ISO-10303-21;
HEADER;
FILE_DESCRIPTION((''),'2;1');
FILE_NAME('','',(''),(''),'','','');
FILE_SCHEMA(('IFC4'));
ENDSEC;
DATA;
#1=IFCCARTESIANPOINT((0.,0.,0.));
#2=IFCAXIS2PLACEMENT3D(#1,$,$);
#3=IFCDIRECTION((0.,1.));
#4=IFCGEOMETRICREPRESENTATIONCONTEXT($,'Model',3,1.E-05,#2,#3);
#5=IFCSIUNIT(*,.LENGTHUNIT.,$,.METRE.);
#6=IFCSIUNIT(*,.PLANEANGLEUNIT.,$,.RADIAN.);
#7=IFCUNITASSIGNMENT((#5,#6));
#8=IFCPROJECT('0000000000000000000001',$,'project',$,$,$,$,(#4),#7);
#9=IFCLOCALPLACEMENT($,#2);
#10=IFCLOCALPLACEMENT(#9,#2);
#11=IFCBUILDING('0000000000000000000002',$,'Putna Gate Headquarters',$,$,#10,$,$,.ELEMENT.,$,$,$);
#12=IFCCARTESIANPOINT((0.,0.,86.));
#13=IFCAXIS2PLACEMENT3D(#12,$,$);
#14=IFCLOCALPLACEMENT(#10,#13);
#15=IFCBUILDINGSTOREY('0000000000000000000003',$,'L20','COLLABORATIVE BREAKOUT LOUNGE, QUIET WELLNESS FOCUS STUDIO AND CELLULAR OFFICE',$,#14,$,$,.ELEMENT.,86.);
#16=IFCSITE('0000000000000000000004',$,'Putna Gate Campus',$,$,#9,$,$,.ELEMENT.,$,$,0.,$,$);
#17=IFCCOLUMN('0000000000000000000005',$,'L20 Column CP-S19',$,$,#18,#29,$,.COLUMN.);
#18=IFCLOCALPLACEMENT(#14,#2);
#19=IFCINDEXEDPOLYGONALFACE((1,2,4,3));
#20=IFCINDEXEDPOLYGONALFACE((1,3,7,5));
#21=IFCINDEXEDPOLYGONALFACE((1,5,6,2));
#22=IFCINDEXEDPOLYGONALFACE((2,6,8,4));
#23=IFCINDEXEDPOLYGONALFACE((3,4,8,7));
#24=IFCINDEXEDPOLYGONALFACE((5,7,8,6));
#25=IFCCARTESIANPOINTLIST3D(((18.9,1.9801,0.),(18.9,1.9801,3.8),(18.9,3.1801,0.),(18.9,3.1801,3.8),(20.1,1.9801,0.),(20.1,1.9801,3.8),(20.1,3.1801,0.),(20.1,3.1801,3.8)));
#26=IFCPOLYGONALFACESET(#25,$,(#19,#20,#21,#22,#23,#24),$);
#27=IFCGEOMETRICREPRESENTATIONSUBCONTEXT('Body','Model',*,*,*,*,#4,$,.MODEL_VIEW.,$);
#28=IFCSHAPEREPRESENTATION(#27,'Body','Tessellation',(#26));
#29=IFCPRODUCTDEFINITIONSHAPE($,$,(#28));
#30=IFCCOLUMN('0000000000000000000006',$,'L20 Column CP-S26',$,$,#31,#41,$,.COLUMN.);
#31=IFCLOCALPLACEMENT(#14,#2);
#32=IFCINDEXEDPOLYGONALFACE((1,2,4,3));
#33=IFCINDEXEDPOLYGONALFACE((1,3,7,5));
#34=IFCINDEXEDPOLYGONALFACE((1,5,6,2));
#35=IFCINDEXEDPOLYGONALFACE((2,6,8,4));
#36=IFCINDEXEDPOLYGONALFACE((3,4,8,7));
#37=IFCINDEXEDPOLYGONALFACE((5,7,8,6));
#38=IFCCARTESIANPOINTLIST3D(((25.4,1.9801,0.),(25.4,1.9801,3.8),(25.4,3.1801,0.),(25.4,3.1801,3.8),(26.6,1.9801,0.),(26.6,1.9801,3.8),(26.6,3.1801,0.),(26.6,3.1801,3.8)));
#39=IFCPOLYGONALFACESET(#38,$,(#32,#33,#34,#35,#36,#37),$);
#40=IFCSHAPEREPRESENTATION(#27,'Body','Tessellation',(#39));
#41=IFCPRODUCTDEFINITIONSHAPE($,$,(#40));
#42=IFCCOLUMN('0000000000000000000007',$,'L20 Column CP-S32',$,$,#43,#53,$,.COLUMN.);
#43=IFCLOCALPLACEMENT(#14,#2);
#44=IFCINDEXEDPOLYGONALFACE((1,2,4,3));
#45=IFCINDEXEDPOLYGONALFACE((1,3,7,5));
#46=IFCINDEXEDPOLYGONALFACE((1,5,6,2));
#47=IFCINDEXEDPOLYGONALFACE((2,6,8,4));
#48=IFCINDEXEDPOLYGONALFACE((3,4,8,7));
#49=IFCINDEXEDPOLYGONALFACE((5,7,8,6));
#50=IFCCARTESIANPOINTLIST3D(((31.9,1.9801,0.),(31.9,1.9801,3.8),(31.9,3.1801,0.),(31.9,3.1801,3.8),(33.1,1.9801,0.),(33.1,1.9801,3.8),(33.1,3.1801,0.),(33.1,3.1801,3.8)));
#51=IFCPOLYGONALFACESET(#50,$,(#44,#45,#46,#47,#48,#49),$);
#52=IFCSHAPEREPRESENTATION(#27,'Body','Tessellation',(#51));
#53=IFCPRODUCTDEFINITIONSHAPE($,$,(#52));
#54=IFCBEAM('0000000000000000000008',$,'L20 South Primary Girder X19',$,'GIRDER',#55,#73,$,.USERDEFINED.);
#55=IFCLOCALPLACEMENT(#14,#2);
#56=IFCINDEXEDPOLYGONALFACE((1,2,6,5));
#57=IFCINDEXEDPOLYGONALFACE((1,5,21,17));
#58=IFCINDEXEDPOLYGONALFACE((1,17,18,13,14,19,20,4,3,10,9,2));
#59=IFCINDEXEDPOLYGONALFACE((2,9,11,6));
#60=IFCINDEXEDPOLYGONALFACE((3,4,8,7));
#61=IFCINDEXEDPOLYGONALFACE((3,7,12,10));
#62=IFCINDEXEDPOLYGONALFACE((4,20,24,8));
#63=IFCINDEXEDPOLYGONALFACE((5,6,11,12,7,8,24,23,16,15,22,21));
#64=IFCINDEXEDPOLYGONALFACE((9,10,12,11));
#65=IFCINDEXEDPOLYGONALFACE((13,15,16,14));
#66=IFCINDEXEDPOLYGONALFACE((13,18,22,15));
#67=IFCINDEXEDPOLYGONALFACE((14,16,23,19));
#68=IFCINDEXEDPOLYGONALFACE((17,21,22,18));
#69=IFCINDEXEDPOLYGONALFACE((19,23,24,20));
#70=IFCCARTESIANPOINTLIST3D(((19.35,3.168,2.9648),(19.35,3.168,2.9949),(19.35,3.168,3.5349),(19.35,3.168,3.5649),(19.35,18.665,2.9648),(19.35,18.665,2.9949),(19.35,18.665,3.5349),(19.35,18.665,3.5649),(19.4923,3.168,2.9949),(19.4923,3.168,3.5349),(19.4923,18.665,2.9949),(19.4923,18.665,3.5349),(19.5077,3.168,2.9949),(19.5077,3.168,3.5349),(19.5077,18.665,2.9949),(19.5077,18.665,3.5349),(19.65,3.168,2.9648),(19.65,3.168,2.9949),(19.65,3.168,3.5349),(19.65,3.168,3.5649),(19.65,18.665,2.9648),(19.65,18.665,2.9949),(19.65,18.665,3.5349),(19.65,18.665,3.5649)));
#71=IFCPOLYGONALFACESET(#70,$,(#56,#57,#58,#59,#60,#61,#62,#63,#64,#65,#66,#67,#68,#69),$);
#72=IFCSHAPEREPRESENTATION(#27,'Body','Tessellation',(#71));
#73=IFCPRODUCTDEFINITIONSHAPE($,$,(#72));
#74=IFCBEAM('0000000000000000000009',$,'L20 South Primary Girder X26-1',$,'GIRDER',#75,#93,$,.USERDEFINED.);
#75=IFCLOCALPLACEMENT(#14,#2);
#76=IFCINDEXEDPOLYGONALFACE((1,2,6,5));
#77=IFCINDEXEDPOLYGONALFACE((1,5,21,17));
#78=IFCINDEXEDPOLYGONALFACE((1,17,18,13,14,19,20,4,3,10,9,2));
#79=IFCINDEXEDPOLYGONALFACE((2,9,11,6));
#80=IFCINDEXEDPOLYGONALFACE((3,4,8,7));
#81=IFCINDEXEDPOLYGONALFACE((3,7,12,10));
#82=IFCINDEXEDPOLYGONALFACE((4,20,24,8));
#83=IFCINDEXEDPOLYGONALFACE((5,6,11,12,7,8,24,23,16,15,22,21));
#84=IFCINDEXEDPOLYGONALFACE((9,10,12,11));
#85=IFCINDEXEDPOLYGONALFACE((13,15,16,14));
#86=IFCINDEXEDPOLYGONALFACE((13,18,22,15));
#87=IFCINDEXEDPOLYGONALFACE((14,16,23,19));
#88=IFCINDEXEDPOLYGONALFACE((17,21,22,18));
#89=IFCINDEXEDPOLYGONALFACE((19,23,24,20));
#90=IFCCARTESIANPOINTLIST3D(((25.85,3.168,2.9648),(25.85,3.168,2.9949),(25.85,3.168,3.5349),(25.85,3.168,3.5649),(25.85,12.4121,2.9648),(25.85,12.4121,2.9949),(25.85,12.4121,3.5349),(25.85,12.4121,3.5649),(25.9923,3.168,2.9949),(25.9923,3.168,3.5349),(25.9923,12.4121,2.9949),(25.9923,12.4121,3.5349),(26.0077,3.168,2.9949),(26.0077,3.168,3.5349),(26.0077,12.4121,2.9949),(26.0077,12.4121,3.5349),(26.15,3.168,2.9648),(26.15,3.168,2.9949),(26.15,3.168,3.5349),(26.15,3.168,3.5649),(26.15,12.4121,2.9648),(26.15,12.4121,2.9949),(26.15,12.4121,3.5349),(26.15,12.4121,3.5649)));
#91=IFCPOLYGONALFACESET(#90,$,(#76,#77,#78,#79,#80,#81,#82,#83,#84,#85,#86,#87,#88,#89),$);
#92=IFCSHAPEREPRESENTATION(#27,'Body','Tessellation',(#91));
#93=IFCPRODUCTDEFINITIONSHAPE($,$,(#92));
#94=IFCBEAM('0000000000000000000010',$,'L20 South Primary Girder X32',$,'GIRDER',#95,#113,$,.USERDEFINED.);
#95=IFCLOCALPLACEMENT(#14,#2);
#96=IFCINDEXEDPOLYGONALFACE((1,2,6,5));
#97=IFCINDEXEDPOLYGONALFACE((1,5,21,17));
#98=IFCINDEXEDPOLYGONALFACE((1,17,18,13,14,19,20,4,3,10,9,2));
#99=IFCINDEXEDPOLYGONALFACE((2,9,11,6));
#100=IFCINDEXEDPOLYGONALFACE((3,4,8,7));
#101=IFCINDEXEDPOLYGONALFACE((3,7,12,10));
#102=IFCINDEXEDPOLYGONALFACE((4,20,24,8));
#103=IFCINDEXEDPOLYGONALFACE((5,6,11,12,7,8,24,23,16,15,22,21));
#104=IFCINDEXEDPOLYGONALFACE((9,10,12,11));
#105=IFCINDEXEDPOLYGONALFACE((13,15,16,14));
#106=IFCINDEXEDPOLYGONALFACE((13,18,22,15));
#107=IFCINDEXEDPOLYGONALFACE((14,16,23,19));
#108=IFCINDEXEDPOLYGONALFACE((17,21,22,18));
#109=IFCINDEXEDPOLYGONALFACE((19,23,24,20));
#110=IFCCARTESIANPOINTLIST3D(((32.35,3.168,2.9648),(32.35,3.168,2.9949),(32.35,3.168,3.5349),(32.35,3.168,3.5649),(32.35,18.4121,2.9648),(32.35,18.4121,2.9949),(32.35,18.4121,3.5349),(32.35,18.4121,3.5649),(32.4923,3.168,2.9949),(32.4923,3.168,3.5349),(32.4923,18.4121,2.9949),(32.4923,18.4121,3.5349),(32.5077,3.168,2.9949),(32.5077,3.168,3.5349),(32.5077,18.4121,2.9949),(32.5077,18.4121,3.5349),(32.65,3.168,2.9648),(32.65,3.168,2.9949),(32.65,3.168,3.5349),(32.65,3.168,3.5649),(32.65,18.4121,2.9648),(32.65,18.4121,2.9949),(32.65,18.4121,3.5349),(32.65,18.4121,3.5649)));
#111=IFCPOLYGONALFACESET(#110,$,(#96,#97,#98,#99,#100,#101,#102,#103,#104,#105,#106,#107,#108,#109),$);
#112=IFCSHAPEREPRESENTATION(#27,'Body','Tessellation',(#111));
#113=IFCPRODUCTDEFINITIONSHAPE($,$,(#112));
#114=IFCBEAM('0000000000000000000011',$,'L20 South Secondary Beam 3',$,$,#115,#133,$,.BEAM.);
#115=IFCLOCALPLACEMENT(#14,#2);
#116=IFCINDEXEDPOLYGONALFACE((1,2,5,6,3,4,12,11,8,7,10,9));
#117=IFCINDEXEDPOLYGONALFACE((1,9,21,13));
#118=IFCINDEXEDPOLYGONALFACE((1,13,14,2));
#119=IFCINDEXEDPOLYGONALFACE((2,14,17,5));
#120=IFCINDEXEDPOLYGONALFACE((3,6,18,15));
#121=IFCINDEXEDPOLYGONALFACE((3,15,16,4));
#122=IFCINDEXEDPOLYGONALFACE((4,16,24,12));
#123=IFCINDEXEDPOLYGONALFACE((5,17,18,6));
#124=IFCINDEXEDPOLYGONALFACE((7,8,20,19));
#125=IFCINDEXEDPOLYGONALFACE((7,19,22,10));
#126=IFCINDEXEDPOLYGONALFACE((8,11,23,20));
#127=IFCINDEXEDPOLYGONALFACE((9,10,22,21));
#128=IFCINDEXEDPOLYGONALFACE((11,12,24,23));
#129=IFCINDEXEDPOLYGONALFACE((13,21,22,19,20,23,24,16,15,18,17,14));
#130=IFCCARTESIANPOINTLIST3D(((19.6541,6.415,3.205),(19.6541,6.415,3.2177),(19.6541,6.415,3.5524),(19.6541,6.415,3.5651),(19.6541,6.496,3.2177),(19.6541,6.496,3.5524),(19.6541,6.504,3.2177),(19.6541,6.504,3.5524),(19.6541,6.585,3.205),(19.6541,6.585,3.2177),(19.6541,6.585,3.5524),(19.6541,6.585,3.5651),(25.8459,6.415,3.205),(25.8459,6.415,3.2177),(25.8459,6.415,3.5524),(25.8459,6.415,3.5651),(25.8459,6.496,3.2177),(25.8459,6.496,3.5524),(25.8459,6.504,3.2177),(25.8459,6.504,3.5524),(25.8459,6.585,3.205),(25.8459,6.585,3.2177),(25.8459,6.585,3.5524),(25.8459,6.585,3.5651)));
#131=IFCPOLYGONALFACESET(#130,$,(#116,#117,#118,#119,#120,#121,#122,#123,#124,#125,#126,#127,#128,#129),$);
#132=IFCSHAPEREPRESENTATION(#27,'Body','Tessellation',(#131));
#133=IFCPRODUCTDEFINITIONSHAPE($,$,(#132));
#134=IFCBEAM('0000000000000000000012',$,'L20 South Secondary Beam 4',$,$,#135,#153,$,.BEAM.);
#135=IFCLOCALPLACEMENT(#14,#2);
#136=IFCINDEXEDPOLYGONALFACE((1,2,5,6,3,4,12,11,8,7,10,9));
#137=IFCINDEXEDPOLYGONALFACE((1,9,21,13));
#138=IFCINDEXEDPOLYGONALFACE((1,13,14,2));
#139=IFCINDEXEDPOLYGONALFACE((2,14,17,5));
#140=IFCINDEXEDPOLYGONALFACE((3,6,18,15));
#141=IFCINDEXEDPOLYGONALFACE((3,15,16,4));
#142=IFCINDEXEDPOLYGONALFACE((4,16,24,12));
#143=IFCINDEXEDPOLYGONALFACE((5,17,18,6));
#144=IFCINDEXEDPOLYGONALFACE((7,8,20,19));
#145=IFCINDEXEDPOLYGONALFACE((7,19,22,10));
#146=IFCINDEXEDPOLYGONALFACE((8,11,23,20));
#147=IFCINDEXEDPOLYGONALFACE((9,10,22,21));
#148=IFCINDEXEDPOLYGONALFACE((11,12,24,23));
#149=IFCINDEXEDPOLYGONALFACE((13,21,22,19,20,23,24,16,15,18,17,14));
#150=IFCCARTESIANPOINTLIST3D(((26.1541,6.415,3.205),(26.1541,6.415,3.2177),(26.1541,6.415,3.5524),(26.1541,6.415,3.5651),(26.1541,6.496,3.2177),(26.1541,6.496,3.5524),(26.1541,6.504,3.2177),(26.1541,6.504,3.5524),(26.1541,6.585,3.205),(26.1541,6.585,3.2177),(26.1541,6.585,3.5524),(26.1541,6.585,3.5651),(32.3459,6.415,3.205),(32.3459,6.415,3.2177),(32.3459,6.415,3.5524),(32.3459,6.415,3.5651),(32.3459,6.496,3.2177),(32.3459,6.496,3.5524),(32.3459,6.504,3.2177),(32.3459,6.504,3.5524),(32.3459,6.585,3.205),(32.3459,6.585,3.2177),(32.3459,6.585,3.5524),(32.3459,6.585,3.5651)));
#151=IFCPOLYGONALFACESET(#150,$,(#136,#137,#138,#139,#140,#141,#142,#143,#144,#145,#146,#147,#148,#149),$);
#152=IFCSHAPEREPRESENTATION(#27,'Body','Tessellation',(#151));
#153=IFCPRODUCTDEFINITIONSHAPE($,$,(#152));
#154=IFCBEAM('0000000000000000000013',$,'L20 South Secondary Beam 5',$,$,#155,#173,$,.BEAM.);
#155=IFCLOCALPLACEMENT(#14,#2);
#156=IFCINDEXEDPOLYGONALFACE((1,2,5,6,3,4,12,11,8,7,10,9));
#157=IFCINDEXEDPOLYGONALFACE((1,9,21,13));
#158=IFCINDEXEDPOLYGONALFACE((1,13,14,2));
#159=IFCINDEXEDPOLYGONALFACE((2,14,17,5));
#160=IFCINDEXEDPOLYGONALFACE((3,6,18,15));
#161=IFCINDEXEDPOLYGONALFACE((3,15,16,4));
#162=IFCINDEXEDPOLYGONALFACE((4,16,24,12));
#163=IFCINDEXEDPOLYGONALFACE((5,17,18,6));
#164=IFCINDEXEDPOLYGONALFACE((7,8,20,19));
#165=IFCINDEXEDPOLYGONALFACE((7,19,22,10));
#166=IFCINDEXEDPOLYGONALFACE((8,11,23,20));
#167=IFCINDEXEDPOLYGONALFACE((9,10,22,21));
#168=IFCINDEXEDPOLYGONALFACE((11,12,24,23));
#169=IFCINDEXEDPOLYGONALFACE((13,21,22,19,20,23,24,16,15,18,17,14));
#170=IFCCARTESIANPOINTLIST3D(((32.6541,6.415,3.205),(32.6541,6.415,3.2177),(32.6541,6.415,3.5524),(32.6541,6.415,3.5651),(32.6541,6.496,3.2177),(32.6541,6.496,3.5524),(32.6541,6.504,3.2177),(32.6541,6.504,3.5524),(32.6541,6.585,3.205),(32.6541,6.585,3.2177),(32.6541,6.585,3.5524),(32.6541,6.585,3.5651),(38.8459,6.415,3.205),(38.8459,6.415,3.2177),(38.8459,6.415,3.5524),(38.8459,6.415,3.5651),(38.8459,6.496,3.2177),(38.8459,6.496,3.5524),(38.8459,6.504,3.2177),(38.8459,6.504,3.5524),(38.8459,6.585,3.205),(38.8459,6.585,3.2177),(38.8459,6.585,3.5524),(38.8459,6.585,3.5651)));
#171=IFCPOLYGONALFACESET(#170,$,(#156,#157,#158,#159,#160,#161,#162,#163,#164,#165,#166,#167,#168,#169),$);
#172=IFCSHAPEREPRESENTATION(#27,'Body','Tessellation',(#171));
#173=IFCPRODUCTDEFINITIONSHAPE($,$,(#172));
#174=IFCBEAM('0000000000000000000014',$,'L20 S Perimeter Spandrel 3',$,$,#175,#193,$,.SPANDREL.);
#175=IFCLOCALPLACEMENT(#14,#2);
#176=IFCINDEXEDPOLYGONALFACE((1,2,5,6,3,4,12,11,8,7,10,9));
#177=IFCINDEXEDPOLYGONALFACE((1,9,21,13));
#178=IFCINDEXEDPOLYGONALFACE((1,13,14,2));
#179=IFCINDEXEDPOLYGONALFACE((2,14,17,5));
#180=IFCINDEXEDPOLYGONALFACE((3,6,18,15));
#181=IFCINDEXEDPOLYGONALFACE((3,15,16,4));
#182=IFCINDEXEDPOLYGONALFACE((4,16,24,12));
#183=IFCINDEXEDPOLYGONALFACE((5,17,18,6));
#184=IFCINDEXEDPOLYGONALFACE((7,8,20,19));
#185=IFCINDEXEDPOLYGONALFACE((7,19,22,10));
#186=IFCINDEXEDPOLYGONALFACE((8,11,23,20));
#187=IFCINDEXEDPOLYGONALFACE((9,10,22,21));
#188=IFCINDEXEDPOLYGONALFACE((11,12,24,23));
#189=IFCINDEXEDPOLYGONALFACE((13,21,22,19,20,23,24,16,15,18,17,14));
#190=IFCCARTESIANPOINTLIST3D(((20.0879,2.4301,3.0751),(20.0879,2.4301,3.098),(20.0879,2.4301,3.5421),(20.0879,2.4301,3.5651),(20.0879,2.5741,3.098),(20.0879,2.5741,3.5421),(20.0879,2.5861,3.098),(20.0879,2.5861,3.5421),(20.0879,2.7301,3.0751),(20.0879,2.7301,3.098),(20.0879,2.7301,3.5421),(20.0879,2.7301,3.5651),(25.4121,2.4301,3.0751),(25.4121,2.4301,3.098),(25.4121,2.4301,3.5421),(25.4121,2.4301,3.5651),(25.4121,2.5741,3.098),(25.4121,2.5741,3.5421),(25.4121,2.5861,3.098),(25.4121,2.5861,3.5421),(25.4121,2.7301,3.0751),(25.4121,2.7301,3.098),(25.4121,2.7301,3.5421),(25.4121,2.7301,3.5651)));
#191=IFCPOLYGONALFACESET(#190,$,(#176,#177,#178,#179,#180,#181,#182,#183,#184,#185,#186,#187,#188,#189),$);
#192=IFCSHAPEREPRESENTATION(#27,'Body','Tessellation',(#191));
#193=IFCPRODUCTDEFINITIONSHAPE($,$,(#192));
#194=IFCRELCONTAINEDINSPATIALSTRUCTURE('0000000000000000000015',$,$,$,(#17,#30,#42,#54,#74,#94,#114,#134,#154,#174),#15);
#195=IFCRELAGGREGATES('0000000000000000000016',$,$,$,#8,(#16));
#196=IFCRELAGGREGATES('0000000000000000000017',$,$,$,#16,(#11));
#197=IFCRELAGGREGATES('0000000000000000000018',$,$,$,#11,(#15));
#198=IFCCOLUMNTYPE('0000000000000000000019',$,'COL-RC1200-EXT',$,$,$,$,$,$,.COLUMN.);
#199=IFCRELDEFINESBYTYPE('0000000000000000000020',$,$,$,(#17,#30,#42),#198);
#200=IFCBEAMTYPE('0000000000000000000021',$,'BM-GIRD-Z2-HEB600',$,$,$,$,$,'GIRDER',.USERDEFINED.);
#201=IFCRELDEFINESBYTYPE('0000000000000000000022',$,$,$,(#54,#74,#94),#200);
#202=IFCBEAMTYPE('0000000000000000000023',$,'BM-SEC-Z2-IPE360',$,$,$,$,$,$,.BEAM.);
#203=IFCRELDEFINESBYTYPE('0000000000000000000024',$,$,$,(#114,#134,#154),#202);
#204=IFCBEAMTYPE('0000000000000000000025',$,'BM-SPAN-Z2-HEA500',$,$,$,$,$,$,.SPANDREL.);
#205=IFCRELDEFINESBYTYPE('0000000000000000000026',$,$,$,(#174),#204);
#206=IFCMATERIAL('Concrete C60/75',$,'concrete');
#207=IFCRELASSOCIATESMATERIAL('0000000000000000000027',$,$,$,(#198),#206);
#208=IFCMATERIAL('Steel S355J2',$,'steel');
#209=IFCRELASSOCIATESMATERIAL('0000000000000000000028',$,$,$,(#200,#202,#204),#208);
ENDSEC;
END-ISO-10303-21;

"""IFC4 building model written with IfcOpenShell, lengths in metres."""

from ifc_helpers import new_model, si_unit, direction, frame, origin, origin_2d, place, context, subcontext, project, spatial, rectangle, i_section, extrude, material, material_profile, profile_set, type_object, element, save


model = new_model("IFC4")

# Units and contexts
model_context = context("Model", 3, precision=1e-05, world=origin(), true_north=direction((0.0, 1.0)))
body_context = subcontext(model_context, "Body", "Model", "MODEL_VIEW")
ifc_project = project(units=[si_unit("LENGTHUNIT", "METRE"), si_unit("PLANEANGLEUNIT", "RADIAN")], contexts=[model_context])

# Site, building, storey
site_placement = place(None, origin())
site = spatial("IfcSite", under=ifc_project, at=site_placement, Name="Putna Gate Campus", CompositionType="ELEMENT", RefElevation=0.0)
building_placement = place(site_placement, origin())
building = spatial("IfcBuilding", under=site, at=building_placement, Name="Putna Gate Headquarters", CompositionType="ELEMENT")
storey_placement = place(building_placement, frame((0.0, 0.0, 86.0)))
storey = spatial("IfcBuildingStorey", under=building, at=storey_placement, Name="L20", Description="COLLABORATIVE BREAKOUT LOUNGE, QUIET WELLNESS FOCUS STUDIO AND CELLULAR OFFICE", CompositionType="ELEMENT", Elevation=86.0)

# Columns
ifc_material_1 = material(Name="Concrete C60/75", Category="concrete")
ifc_material_profile_1 = material_profile(ifc_material_1, rectangle(XDim=1.2, YDim=1.2, at=origin_2d()), Name="Concrete C60/75")
ifc_profile_set_1 = profile_set([ifc_material_profile_1], Name="Concrete C60/75")
column_type = type_object("IfcColumnType", Name="COL-RC1200-EXT", PredefinedType="COLUMN", material=ifc_profile_set_1)
for number, where, z_axis, x_axis, name in (
    (1, (19.5, 2.5801, 0.0), (0.0, 0.0, 1.0), (1.0, 0.0, 0.0), "L20 Column CP-S19"),
    (2, (26.0, 2.5801, 0.0), (0.0, 0.0, 1.0), (1.0, 0.0, 0.0), "L20 Column CP-S26"),
    (3, (32.5, 2.5801, 0.0), (0.0, 0.0, 1.0), (1.0, 0.0, 0.0), "L20 Column CP-S32"),
):
    element("IfcColumn", number, at=place(storey_placement, frame(where, z_axis=z_axis, x_axis=x_axis)), inside=storey, type_object=column_type, Name=name, PredefinedType="COLUMN", context=body_context, shape_type="SweptSolid", body=[
        extrude(rectangle(XDim=1.2, YDim=1.2, at=origin_2d()), origin(), (0.0, 0.0, 1.0), 3.8),
    ])

# Beams
ifc_material_2 = material(Name="Steel S355J2", Category="steel")
ifc_material_profile_2 = material_profile(ifc_material_2, i_section(OverallWidth=0.3, OverallDepth=0.6001, WebThickness=0.0154, FlangeThickness=0.03, at=origin_2d()), Name="Steel S355J2")
ifc_profile_set_2 = profile_set([ifc_material_profile_2], Name="Steel S355J2")
beam_type_1 = type_object("IfcBeamType", Name="BM-GIRD-Z2-HEB600", ElementType="GIRDER", PredefinedType="USERDEFINED", material=ifc_profile_set_2)
beam_1_placement = place(storey_placement, frame((19.5, 3.168, 3.2649), z_axis=(0.0, 1.0, 0.0), x_axis=(-1.0, 0.0, 0.0)))
element("IfcBeam", 4, at=beam_1_placement, inside=storey, type_object=beam_type_1, Name="L20 South Primary Girder X19", ObjectType="GIRDER", PredefinedType="USERDEFINED", context=body_context, shape_type="SweptSolid", body=[
    extrude(i_section(OverallWidth=0.3, OverallDepth=0.6001, WebThickness=0.0154, FlangeThickness=0.03, at=origin_2d()), origin(), (0.0, 0.0, 1.0), 15.4971),
])
beam_2_placement = place(storey_placement, frame((26.0, 3.168, 3.2649), z_axis=(0.0, 1.0, 0.0), x_axis=(-1.0, 0.0, 0.0)))
element("IfcBeam", 5, at=beam_2_placement, inside=storey, type_object=beam_type_1, Name="L20 South Primary Girder X26-1", ObjectType="GIRDER", PredefinedType="USERDEFINED", context=body_context, shape_type="SweptSolid", body=[
    extrude(i_section(OverallWidth=0.3, OverallDepth=0.6001, WebThickness=0.0154, FlangeThickness=0.03, at=origin_2d()), origin(), (0.0, 0.0, 1.0), 9.2441),
])
beam_3_placement = place(storey_placement, frame((32.5, 3.168, 3.2649), z_axis=(0.0, 1.0, 0.0), x_axis=(-1.0, 0.0, 0.0)))
element("IfcBeam", 6, at=beam_3_placement, inside=storey, type_object=beam_type_1, Name="L20 South Primary Girder X32", ObjectType="GIRDER", PredefinedType="USERDEFINED", context=body_context, shape_type="SweptSolid", body=[
    extrude(i_section(OverallWidth=0.3, OverallDepth=0.6001, WebThickness=0.0154, FlangeThickness=0.03, at=origin_2d()), origin(), (0.0, 0.0, 1.0), 15.2441),
])
ifc_material_profile_3 = material_profile(ifc_material_2, i_section(OverallWidth=0.1699, OverallDepth=0.3601, WebThickness=0.0081, FlangeThickness=0.0127, at=origin_2d()), Name="Steel S355J2")
ifc_profile_set_3 = profile_set([ifc_material_profile_3], Name="Steel S355J2")
beam_type_2 = type_object("IfcBeamType", Name="BM-SEC-Z2-IPE360", PredefinedType="BEAM", material=ifc_profile_set_3)
for number, where, z_axis, x_axis, name in (
    (7, (19.6541, 6.5, 3.385), (1.0, 0.0, 0.0), (0.0, 1.0, 0.0), "L20 South Secondary Beam 3"),
    (8, (26.1541, 6.5, 3.385), (1.0, 0.0, 0.0), (0.0, 1.0, 0.0), "L20 South Secondary Beam 4"),
    (9, (32.6541, 6.5, 3.385), (1.0, 0.0, 0.0), (0.0, 1.0, 0.0), "L20 South Secondary Beam 5"),
):
    element("IfcBeam", number, at=place(storey_placement, frame(where, z_axis=z_axis, x_axis=x_axis)), inside=storey, type_object=beam_type_2, Name=name, PredefinedType="BEAM", context=body_context, shape_type="SweptSolid", body=[
        extrude(i_section(OverallWidth=0.1699, OverallDepth=0.3601, WebThickness=0.0081, FlangeThickness=0.0127, at=origin_2d()), origin(), (0.0, 0.0, 1.0), 6.1919),
    ])
ifc_material_profile_4 = material_profile(ifc_material_2, i_section(OverallWidth=0.3, OverallDepth=0.49, WebThickness=0.012, FlangeThickness=0.0229, at=origin_2d()), Name="Steel S355J2")
ifc_profile_set_4 = profile_set([ifc_material_profile_4], Name="Steel S355J2")
beam_type_3 = type_object("IfcBeamType", Name="BM-SPAN-Z2-HEA500", PredefinedType="SPANDREL", material=ifc_profile_set_4)
for number, where, z_axis, x_axis, name in (
    (10, (20.0879, 2.5801, 3.3201), (1.0, 0.0, 0.0), (0.0, 1.0, 0.0), "L20 S Perimeter Spandrel 3"),
):
    element("IfcBeam", number, at=place(storey_placement, frame(where, z_axis=z_axis, x_axis=x_axis)), inside=storey, type_object=beam_type_3, Name=name, PredefinedType="SPANDREL", context=body_context, shape_type="SweptSolid", body=[
        extrude(i_section(OverallWidth=0.3, OverallDepth=0.49, WebThickness=0.012, FlangeThickness=0.0229, at=origin_2d()), origin(), (0.0, 0.0, 1.0), 5.3242),
    ])

save(model, "model.ifc")
